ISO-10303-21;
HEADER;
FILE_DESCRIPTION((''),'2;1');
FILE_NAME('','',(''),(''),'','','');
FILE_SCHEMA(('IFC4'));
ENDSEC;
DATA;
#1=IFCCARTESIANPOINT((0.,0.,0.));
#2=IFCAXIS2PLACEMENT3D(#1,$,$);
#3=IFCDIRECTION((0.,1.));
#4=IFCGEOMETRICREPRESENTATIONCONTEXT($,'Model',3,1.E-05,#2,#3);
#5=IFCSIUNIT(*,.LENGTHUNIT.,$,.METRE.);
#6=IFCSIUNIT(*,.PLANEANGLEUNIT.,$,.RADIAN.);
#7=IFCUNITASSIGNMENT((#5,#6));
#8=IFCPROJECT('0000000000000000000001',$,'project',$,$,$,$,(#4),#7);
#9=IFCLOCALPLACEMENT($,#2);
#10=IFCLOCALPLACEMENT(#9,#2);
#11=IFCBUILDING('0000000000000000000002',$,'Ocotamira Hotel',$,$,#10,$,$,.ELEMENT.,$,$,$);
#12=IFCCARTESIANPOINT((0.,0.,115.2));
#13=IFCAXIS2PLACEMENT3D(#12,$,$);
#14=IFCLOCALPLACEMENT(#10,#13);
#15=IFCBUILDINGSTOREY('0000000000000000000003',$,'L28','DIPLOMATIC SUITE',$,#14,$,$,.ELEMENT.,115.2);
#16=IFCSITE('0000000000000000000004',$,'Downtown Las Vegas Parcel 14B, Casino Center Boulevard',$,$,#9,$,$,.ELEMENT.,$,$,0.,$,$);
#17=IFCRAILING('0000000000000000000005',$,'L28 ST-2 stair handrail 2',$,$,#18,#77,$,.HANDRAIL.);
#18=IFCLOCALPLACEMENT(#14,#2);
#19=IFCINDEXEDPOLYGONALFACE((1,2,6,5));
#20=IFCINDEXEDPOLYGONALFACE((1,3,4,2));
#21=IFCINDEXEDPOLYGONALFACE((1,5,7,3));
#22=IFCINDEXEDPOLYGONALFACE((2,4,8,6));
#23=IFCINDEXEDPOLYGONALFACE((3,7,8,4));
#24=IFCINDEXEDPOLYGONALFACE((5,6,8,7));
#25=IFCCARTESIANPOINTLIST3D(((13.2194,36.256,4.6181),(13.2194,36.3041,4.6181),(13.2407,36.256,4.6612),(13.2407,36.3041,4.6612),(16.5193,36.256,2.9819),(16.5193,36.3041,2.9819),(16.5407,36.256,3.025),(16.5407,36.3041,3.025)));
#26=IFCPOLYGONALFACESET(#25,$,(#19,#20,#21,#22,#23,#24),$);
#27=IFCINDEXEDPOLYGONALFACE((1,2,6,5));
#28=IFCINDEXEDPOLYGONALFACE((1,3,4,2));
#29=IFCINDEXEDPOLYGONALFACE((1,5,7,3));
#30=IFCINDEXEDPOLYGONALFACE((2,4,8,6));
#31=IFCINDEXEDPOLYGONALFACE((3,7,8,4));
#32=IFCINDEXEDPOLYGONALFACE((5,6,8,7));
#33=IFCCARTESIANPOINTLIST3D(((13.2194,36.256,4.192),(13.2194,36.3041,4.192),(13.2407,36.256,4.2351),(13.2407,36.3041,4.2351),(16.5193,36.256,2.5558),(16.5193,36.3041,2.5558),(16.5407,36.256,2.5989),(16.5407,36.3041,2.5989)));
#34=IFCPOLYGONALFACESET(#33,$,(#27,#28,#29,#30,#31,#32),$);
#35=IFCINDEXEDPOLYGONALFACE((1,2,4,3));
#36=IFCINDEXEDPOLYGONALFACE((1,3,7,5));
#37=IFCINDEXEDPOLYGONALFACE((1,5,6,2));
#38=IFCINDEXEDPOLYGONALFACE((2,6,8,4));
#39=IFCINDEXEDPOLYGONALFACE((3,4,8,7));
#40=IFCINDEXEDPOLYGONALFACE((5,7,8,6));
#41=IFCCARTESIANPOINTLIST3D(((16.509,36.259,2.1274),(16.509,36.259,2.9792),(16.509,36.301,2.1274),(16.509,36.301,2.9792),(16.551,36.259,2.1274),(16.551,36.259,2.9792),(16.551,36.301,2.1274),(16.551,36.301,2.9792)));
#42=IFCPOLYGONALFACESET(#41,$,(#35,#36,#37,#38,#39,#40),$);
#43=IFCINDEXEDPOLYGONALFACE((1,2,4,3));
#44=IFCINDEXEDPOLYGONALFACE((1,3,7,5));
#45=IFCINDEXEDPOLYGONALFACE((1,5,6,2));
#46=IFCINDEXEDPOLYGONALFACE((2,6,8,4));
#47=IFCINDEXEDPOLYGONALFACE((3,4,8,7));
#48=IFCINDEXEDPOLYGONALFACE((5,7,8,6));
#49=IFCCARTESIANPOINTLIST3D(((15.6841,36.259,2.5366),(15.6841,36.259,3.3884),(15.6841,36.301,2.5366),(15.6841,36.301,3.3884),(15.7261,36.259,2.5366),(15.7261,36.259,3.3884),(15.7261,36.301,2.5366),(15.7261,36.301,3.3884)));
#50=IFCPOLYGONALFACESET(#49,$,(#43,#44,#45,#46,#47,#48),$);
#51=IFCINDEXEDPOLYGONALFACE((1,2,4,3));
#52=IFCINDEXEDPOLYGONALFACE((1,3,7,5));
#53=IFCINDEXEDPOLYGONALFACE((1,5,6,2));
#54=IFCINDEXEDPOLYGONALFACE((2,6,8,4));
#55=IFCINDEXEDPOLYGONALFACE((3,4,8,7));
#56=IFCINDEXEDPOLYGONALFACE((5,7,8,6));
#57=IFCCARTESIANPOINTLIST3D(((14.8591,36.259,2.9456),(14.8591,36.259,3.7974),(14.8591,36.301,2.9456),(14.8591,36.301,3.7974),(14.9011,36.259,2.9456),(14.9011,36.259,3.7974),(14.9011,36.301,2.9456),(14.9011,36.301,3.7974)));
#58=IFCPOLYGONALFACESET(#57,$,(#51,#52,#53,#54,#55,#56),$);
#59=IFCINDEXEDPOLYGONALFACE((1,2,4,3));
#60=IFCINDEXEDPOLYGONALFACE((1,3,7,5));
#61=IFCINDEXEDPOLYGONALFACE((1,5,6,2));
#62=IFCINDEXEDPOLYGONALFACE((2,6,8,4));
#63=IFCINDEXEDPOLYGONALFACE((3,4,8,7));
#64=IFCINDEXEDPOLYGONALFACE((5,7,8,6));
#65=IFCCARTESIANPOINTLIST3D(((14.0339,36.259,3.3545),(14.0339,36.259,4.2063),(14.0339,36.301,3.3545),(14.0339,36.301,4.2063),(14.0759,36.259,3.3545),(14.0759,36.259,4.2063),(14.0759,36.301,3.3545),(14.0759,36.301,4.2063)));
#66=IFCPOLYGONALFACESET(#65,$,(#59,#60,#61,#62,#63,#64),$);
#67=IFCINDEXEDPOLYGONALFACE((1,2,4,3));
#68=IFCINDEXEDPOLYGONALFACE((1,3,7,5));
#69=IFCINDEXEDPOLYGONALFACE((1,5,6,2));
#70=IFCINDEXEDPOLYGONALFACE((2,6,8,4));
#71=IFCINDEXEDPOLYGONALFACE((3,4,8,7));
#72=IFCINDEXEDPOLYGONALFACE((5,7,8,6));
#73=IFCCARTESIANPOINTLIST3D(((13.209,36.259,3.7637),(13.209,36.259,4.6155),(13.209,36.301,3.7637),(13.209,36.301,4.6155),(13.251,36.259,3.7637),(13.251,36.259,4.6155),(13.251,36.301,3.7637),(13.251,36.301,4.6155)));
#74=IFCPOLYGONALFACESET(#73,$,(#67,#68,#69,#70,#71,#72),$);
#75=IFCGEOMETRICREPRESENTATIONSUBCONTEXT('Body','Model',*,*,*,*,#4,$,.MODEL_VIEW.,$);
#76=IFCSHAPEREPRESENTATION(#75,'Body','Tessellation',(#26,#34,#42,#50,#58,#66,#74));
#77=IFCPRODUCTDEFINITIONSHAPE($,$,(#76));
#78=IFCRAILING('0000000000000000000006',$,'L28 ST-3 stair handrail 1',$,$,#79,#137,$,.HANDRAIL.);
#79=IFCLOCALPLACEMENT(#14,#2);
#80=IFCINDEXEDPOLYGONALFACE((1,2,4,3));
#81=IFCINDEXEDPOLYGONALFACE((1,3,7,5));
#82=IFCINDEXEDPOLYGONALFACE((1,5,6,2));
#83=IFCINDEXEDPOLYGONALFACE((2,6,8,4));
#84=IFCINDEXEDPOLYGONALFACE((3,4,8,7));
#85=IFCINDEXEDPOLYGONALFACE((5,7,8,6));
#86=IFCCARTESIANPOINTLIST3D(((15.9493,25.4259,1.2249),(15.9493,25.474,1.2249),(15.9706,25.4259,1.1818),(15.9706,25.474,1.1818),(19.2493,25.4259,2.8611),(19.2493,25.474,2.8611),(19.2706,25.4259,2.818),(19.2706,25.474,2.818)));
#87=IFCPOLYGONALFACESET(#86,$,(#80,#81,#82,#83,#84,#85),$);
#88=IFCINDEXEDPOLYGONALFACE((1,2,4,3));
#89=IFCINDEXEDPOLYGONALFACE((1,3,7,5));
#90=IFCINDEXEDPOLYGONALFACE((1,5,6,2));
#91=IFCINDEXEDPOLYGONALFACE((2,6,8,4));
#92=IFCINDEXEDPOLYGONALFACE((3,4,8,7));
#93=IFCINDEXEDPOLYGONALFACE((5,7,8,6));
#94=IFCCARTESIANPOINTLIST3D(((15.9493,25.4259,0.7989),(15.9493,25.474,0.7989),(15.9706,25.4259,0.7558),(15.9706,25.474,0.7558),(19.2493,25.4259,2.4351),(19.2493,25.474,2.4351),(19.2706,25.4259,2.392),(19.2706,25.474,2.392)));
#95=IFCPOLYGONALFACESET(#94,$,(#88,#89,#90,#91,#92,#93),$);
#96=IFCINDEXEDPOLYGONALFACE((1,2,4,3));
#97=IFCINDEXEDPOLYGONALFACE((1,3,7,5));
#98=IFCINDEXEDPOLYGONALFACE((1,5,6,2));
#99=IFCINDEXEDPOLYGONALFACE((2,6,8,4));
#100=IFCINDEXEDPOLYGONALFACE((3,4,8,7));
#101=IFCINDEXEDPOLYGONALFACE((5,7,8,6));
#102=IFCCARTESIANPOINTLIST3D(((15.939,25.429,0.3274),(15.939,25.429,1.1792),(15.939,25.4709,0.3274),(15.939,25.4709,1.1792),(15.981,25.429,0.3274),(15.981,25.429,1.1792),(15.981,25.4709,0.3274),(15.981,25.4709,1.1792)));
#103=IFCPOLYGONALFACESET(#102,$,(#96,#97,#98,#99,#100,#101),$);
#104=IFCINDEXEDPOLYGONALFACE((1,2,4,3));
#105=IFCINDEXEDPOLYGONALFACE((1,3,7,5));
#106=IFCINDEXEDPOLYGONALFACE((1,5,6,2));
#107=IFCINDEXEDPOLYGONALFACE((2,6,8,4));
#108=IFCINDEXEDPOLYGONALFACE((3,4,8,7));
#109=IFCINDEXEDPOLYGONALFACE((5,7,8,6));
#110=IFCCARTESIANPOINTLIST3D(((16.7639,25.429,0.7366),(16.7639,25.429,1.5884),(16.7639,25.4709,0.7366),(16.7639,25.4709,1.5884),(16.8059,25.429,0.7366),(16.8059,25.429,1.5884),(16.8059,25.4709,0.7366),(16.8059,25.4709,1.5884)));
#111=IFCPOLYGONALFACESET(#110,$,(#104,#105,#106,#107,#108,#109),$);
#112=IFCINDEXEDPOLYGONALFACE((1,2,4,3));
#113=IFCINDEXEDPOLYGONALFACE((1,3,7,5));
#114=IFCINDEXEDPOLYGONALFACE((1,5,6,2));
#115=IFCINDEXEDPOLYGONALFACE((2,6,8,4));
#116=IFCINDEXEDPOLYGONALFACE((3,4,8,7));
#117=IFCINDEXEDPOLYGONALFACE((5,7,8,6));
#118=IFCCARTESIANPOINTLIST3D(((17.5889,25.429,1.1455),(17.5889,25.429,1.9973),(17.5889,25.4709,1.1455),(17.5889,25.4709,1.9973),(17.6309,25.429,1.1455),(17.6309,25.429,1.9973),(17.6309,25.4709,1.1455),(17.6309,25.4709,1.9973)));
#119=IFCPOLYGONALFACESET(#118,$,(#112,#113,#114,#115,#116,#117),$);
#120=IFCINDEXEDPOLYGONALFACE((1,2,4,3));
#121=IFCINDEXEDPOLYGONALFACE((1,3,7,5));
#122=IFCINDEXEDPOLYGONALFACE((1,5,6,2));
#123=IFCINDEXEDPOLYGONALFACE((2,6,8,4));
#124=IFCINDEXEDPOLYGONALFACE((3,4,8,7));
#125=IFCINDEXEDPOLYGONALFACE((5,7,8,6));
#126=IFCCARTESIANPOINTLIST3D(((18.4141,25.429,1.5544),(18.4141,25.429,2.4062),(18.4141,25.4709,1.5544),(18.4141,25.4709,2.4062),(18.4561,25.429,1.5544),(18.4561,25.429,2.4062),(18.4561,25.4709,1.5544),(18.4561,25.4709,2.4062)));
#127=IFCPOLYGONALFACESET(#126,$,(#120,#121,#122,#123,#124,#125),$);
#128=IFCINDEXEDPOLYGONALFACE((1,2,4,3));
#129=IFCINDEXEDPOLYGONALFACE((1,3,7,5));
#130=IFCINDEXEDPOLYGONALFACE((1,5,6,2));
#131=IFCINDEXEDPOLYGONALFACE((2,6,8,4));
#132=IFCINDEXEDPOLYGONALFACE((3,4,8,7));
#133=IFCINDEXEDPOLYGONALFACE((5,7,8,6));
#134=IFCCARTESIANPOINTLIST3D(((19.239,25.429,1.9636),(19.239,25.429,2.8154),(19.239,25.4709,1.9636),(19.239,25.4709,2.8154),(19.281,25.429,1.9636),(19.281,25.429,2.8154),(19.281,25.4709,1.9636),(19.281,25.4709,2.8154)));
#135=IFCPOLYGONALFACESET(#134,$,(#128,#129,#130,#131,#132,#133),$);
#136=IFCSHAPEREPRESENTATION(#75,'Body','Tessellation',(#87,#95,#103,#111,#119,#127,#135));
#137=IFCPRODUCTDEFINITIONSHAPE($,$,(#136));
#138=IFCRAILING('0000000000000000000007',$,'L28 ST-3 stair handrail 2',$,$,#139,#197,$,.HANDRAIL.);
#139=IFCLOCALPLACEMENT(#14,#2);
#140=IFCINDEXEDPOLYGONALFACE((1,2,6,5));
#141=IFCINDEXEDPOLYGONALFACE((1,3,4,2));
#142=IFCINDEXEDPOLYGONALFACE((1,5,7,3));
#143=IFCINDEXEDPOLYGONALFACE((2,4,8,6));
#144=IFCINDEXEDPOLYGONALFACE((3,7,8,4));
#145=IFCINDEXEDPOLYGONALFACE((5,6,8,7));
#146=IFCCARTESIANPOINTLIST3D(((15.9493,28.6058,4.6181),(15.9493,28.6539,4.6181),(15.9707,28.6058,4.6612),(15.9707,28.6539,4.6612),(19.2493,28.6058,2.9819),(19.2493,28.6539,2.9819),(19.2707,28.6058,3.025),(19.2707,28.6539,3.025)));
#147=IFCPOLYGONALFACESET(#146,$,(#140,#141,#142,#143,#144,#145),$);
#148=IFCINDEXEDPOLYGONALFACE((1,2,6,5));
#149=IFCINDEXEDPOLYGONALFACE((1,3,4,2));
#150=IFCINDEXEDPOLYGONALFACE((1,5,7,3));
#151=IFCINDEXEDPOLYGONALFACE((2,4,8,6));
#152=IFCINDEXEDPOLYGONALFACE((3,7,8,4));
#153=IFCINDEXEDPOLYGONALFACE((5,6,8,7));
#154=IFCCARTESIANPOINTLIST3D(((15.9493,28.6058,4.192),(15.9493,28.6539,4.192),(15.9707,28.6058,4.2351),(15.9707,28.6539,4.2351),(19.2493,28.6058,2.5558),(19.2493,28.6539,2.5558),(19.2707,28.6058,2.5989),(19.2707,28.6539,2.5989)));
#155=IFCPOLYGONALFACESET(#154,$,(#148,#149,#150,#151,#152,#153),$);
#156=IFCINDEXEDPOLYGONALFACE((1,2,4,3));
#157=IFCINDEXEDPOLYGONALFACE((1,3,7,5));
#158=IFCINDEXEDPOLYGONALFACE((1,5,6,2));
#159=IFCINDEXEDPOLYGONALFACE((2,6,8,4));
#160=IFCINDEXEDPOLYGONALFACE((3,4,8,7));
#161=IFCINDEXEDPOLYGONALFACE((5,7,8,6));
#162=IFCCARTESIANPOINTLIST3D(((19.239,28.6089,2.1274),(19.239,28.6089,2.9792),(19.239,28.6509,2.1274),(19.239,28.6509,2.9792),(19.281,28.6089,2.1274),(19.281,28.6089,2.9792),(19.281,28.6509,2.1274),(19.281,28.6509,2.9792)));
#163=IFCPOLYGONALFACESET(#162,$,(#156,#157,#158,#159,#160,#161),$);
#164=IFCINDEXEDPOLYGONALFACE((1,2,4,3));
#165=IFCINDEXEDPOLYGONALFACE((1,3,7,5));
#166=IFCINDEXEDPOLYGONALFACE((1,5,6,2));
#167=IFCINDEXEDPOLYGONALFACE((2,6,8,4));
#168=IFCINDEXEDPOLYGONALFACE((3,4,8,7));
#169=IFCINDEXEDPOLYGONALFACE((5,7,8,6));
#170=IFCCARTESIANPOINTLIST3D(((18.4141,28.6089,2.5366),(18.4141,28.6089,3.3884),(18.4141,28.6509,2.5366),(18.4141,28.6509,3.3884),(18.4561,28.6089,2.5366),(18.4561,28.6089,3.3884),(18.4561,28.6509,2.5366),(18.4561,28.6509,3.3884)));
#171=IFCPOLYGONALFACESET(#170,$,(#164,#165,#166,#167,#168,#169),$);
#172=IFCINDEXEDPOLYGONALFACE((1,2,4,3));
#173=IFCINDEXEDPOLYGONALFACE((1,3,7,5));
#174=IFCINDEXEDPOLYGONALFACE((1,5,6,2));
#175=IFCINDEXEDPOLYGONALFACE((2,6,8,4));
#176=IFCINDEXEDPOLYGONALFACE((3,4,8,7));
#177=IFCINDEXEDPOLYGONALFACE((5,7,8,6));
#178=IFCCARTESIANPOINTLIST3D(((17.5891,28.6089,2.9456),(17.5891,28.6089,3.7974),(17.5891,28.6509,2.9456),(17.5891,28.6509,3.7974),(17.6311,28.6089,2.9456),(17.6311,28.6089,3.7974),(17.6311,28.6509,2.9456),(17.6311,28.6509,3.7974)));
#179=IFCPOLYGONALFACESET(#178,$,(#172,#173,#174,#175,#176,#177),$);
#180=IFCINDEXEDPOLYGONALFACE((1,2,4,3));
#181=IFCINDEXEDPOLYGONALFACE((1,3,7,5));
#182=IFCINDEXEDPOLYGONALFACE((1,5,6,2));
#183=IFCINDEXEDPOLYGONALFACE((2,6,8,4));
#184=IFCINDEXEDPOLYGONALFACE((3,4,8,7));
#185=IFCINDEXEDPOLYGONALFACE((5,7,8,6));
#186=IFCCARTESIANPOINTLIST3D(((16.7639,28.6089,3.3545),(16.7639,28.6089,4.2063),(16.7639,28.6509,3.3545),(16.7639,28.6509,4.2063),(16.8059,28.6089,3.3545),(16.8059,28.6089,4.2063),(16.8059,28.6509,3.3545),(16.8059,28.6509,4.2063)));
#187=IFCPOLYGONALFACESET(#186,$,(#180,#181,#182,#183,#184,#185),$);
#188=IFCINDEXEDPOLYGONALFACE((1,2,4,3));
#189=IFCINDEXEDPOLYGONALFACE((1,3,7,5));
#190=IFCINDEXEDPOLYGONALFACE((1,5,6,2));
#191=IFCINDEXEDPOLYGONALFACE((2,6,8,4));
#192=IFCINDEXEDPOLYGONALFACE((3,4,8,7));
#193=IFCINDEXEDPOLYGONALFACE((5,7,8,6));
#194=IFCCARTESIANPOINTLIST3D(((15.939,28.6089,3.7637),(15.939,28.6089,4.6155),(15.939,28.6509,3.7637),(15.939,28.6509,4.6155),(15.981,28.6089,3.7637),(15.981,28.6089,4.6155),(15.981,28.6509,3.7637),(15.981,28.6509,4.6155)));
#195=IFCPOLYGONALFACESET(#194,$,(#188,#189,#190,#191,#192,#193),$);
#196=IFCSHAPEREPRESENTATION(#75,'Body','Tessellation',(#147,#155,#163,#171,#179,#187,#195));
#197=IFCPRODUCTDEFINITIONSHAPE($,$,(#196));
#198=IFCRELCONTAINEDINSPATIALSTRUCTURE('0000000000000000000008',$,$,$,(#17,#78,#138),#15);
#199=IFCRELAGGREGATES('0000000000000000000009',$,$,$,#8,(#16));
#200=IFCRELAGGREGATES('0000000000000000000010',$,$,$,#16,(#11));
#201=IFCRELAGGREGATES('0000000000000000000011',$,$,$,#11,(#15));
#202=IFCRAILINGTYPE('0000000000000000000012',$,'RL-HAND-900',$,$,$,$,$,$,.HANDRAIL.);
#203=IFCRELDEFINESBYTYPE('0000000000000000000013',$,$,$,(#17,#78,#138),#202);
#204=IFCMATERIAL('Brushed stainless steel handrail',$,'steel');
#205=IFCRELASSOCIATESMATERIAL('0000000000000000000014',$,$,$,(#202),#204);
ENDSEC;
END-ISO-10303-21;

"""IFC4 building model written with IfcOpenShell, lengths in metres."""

from ifc_helpers import new_model, si_unit, direction, frame, origin, origin_2d, place, context, subcontext, project, spatial, rectangle, extrude, material, type_object, element, save


model = new_model("IFC4")

# Units and contexts
model_context = context("Model", 3, precision=1e-05, world=origin(), true_north=direction((0.0, 1.0)))
body_context = subcontext(model_context, "Body", "Model", "MODEL_VIEW")
ifc_project = project(units=[si_unit("LENGTHUNIT", "METRE"), si_unit("PLANEANGLEUNIT", "RADIAN")], contexts=[model_context])

# Site, building, storey
site_placement = place(None, origin())
site = spatial("IfcSite", under=ifc_project, at=site_placement, Name="Downtown Las Vegas Parcel 14B, Casino Center Boulevard", CompositionType="ELEMENT", RefElevation=0.0)
building_placement = place(site_placement, origin())
building = spatial("IfcBuilding", under=site, at=building_placement, Name="Ocotamira Hotel", CompositionType="ELEMENT")
storey_placement = place(building_placement, frame((0.0, 0.0, 115.2)))
storey = spatial("IfcBuildingStorey", under=building, at=storey_placement, Name="L28", Description="DIPLOMATIC SUITE", CompositionType="ELEMENT", Elevation=115.2)

# Railings
ifc_material_1 = material(Name="Brushed stainless steel handrail", Category="steel")
railing_type_1 = type_object("IfcRailingType", Name="RL-HAND-900", PredefinedType="HANDRAIL", material=ifc_material_1)
railing_1_placement = place(storey_placement, frame((16.53, 36.28, 2.1274)))
element("IfcRailing", 1, at=railing_1_placement, inside=storey, type_object=railing_type_1, Name="L28 ST-2 stair handrail 2", PredefinedType="HANDRAIL", context=body_context, shape_type="SweptSolid", body=[
    extrude(rectangle(XDim=0.0481, YDim=0.0481, at=origin_2d()), frame((0.0, 0.0, 0.876), z_axis=(-0.89592, 0.0, 0.444215), x_axis=(0.0, -1.0, 0.0)), (0.0, 0.0, 1.0), 3.6833),
    extrude(rectangle(XDim=0.0481, YDim=0.0481, at=origin_2d()), frame((0.0, 0.0, 0.45), z_axis=(-0.89592, 0.0, 0.444215), x_axis=(0.0, -1.0, 0.0)), (0.0, 0.0, 1.0), 3.6833),
    extrude(rectangle(XDim=0.042, YDim=0.042, at=origin_2d()), origin(), (0.0, 0.0, 1.0), 0.8518),
    extrude(rectangle(XDim=0.042, YDim=0.042, at=origin_2d()), frame((-0.825, 0.0, 0.4092)), (0.0, 0.0, 1.0), 0.8518),
    extrude(rectangle(XDim=0.042, YDim=0.042, at=origin_2d()), frame((-1.6499, 0.0, 0.8181)), (0.0, 0.0, 1.0), 0.8518),
    extrude(rectangle(XDim=0.042, YDim=0.042, at=origin_2d()), frame((-2.4751, 0.0, 1.2271)), (0.0, 0.0, 1.0), 0.8518),
    extrude(rectangle(XDim=0.042, YDim=0.042, at=origin_2d()), frame((-3.3, 0.0, 1.6362)), (0.0, 0.0, 1.0), 0.8518),
])
railing_2_placement = place(storey_placement, frame((15.96, 25.45, 0.3274)))
element("IfcRailing", 2, at=railing_2_placement, inside=storey, type_object=railing_type_1, Name="L28 ST-3 stair handrail 1", PredefinedType="HANDRAIL", context=body_context, shape_type="SweptSolid", body=[
    extrude(rectangle(XDim=0.0481, YDim=0.0481, at=origin_2d()), frame((0.0, 0.0, 0.876), z_axis=(0.89592, 0.0, 0.444215), x_axis=(0.0, 1.0, 0.0)), (0.0, 0.0, 1.0), 3.6833),
    extrude(rectangle(XDim=0.0481, YDim=0.0481, at=origin_2d()), frame((0.0, 0.0, 0.45), z_axis=(0.89592, 0.0, 0.444215), x_axis=(0.0, 1.0, 0.0)), (0.0, 0.0, 1.0), 3.6833),
    extrude(rectangle(XDim=0.042, YDim=0.042, at=origin_2d()), origin(), (0.0, 0.0, 1.0), 0.8518),
    extrude(rectangle(XDim=0.042, YDim=0.042, at=origin_2d()), frame((0.825, 0.0, 0.4092)), (0.0, 0.0, 1.0), 0.8518),
    extrude(rectangle(XDim=0.042, YDim=0.042, at=origin_2d()), frame((1.6499, 0.0, 0.8181)), (0.0, 0.0, 1.0), 0.8518),
    extrude(rectangle(XDim=0.042, YDim=0.042, at=origin_2d()), frame((2.4751, 0.0, 1.2271)), (0.0, 0.0, 1.0), 0.8518),
    extrude(rectangle(XDim=0.042, YDim=0.042, at=origin_2d()), frame((3.3, 0.0, 1.6362)), (0.0, 0.0, 1.0), 0.8518),
])
railing_3_placement = place(storey_placement, frame((19.26, 28.6299, 2.1274)))
element("IfcRailing", 3, at=railing_3_placement, inside=storey, type_object=railing_type_1, Name="L28 ST-3 stair handrail 2", PredefinedType="HANDRAIL", context=body_context, shape_type="SweptSolid", body=[
    extrude(rectangle(XDim=0.0481, YDim=0.0481, at=origin_2d()), frame((0.0, 0.0, 0.876), z_axis=(-0.89592, 0.0, 0.444215), x_axis=(0.0, -1.0, 0.0)), (0.0, 0.0, 1.0), 3.6833),
    extrude(rectangle(XDim=0.0481, YDim=0.0481, at=origin_2d()), frame((0.0, 0.0, 0.45), z_axis=(-0.89592, 0.0, 0.444215), x_axis=(0.0, -1.0, 0.0)), (0.0, 0.0, 1.0), 3.6833),
    extrude(rectangle(XDim=0.042, YDim=0.042, at=origin_2d()), origin(), (0.0, 0.0, 1.0), 0.8518),
    extrude(rectangle(XDim=0.042, YDim=0.042, at=origin_2d()), frame((-0.825, 0.0, 0.4092)), (0.0, 0.0, 1.0), 0.8518),
    extrude(rectangle(XDim=0.042, YDim=0.042, at=origin_2d()), frame((-1.6499, 0.0, 0.8181)), (0.0, 0.0, 1.0), 0.8518),
    extrude(rectangle(XDim=0.042, YDim=0.042, at=origin_2d()), frame((-2.4751, 0.0, 1.2271)), (0.0, 0.0, 1.0), 0.8518),
    extrude(rectangle(XDim=0.042, YDim=0.042, at=origin_2d()), frame((-3.3, 0.0, 1.6362)), (0.0, 0.0, 1.0), 0.8518),
])

save(model, "model.ifc")
